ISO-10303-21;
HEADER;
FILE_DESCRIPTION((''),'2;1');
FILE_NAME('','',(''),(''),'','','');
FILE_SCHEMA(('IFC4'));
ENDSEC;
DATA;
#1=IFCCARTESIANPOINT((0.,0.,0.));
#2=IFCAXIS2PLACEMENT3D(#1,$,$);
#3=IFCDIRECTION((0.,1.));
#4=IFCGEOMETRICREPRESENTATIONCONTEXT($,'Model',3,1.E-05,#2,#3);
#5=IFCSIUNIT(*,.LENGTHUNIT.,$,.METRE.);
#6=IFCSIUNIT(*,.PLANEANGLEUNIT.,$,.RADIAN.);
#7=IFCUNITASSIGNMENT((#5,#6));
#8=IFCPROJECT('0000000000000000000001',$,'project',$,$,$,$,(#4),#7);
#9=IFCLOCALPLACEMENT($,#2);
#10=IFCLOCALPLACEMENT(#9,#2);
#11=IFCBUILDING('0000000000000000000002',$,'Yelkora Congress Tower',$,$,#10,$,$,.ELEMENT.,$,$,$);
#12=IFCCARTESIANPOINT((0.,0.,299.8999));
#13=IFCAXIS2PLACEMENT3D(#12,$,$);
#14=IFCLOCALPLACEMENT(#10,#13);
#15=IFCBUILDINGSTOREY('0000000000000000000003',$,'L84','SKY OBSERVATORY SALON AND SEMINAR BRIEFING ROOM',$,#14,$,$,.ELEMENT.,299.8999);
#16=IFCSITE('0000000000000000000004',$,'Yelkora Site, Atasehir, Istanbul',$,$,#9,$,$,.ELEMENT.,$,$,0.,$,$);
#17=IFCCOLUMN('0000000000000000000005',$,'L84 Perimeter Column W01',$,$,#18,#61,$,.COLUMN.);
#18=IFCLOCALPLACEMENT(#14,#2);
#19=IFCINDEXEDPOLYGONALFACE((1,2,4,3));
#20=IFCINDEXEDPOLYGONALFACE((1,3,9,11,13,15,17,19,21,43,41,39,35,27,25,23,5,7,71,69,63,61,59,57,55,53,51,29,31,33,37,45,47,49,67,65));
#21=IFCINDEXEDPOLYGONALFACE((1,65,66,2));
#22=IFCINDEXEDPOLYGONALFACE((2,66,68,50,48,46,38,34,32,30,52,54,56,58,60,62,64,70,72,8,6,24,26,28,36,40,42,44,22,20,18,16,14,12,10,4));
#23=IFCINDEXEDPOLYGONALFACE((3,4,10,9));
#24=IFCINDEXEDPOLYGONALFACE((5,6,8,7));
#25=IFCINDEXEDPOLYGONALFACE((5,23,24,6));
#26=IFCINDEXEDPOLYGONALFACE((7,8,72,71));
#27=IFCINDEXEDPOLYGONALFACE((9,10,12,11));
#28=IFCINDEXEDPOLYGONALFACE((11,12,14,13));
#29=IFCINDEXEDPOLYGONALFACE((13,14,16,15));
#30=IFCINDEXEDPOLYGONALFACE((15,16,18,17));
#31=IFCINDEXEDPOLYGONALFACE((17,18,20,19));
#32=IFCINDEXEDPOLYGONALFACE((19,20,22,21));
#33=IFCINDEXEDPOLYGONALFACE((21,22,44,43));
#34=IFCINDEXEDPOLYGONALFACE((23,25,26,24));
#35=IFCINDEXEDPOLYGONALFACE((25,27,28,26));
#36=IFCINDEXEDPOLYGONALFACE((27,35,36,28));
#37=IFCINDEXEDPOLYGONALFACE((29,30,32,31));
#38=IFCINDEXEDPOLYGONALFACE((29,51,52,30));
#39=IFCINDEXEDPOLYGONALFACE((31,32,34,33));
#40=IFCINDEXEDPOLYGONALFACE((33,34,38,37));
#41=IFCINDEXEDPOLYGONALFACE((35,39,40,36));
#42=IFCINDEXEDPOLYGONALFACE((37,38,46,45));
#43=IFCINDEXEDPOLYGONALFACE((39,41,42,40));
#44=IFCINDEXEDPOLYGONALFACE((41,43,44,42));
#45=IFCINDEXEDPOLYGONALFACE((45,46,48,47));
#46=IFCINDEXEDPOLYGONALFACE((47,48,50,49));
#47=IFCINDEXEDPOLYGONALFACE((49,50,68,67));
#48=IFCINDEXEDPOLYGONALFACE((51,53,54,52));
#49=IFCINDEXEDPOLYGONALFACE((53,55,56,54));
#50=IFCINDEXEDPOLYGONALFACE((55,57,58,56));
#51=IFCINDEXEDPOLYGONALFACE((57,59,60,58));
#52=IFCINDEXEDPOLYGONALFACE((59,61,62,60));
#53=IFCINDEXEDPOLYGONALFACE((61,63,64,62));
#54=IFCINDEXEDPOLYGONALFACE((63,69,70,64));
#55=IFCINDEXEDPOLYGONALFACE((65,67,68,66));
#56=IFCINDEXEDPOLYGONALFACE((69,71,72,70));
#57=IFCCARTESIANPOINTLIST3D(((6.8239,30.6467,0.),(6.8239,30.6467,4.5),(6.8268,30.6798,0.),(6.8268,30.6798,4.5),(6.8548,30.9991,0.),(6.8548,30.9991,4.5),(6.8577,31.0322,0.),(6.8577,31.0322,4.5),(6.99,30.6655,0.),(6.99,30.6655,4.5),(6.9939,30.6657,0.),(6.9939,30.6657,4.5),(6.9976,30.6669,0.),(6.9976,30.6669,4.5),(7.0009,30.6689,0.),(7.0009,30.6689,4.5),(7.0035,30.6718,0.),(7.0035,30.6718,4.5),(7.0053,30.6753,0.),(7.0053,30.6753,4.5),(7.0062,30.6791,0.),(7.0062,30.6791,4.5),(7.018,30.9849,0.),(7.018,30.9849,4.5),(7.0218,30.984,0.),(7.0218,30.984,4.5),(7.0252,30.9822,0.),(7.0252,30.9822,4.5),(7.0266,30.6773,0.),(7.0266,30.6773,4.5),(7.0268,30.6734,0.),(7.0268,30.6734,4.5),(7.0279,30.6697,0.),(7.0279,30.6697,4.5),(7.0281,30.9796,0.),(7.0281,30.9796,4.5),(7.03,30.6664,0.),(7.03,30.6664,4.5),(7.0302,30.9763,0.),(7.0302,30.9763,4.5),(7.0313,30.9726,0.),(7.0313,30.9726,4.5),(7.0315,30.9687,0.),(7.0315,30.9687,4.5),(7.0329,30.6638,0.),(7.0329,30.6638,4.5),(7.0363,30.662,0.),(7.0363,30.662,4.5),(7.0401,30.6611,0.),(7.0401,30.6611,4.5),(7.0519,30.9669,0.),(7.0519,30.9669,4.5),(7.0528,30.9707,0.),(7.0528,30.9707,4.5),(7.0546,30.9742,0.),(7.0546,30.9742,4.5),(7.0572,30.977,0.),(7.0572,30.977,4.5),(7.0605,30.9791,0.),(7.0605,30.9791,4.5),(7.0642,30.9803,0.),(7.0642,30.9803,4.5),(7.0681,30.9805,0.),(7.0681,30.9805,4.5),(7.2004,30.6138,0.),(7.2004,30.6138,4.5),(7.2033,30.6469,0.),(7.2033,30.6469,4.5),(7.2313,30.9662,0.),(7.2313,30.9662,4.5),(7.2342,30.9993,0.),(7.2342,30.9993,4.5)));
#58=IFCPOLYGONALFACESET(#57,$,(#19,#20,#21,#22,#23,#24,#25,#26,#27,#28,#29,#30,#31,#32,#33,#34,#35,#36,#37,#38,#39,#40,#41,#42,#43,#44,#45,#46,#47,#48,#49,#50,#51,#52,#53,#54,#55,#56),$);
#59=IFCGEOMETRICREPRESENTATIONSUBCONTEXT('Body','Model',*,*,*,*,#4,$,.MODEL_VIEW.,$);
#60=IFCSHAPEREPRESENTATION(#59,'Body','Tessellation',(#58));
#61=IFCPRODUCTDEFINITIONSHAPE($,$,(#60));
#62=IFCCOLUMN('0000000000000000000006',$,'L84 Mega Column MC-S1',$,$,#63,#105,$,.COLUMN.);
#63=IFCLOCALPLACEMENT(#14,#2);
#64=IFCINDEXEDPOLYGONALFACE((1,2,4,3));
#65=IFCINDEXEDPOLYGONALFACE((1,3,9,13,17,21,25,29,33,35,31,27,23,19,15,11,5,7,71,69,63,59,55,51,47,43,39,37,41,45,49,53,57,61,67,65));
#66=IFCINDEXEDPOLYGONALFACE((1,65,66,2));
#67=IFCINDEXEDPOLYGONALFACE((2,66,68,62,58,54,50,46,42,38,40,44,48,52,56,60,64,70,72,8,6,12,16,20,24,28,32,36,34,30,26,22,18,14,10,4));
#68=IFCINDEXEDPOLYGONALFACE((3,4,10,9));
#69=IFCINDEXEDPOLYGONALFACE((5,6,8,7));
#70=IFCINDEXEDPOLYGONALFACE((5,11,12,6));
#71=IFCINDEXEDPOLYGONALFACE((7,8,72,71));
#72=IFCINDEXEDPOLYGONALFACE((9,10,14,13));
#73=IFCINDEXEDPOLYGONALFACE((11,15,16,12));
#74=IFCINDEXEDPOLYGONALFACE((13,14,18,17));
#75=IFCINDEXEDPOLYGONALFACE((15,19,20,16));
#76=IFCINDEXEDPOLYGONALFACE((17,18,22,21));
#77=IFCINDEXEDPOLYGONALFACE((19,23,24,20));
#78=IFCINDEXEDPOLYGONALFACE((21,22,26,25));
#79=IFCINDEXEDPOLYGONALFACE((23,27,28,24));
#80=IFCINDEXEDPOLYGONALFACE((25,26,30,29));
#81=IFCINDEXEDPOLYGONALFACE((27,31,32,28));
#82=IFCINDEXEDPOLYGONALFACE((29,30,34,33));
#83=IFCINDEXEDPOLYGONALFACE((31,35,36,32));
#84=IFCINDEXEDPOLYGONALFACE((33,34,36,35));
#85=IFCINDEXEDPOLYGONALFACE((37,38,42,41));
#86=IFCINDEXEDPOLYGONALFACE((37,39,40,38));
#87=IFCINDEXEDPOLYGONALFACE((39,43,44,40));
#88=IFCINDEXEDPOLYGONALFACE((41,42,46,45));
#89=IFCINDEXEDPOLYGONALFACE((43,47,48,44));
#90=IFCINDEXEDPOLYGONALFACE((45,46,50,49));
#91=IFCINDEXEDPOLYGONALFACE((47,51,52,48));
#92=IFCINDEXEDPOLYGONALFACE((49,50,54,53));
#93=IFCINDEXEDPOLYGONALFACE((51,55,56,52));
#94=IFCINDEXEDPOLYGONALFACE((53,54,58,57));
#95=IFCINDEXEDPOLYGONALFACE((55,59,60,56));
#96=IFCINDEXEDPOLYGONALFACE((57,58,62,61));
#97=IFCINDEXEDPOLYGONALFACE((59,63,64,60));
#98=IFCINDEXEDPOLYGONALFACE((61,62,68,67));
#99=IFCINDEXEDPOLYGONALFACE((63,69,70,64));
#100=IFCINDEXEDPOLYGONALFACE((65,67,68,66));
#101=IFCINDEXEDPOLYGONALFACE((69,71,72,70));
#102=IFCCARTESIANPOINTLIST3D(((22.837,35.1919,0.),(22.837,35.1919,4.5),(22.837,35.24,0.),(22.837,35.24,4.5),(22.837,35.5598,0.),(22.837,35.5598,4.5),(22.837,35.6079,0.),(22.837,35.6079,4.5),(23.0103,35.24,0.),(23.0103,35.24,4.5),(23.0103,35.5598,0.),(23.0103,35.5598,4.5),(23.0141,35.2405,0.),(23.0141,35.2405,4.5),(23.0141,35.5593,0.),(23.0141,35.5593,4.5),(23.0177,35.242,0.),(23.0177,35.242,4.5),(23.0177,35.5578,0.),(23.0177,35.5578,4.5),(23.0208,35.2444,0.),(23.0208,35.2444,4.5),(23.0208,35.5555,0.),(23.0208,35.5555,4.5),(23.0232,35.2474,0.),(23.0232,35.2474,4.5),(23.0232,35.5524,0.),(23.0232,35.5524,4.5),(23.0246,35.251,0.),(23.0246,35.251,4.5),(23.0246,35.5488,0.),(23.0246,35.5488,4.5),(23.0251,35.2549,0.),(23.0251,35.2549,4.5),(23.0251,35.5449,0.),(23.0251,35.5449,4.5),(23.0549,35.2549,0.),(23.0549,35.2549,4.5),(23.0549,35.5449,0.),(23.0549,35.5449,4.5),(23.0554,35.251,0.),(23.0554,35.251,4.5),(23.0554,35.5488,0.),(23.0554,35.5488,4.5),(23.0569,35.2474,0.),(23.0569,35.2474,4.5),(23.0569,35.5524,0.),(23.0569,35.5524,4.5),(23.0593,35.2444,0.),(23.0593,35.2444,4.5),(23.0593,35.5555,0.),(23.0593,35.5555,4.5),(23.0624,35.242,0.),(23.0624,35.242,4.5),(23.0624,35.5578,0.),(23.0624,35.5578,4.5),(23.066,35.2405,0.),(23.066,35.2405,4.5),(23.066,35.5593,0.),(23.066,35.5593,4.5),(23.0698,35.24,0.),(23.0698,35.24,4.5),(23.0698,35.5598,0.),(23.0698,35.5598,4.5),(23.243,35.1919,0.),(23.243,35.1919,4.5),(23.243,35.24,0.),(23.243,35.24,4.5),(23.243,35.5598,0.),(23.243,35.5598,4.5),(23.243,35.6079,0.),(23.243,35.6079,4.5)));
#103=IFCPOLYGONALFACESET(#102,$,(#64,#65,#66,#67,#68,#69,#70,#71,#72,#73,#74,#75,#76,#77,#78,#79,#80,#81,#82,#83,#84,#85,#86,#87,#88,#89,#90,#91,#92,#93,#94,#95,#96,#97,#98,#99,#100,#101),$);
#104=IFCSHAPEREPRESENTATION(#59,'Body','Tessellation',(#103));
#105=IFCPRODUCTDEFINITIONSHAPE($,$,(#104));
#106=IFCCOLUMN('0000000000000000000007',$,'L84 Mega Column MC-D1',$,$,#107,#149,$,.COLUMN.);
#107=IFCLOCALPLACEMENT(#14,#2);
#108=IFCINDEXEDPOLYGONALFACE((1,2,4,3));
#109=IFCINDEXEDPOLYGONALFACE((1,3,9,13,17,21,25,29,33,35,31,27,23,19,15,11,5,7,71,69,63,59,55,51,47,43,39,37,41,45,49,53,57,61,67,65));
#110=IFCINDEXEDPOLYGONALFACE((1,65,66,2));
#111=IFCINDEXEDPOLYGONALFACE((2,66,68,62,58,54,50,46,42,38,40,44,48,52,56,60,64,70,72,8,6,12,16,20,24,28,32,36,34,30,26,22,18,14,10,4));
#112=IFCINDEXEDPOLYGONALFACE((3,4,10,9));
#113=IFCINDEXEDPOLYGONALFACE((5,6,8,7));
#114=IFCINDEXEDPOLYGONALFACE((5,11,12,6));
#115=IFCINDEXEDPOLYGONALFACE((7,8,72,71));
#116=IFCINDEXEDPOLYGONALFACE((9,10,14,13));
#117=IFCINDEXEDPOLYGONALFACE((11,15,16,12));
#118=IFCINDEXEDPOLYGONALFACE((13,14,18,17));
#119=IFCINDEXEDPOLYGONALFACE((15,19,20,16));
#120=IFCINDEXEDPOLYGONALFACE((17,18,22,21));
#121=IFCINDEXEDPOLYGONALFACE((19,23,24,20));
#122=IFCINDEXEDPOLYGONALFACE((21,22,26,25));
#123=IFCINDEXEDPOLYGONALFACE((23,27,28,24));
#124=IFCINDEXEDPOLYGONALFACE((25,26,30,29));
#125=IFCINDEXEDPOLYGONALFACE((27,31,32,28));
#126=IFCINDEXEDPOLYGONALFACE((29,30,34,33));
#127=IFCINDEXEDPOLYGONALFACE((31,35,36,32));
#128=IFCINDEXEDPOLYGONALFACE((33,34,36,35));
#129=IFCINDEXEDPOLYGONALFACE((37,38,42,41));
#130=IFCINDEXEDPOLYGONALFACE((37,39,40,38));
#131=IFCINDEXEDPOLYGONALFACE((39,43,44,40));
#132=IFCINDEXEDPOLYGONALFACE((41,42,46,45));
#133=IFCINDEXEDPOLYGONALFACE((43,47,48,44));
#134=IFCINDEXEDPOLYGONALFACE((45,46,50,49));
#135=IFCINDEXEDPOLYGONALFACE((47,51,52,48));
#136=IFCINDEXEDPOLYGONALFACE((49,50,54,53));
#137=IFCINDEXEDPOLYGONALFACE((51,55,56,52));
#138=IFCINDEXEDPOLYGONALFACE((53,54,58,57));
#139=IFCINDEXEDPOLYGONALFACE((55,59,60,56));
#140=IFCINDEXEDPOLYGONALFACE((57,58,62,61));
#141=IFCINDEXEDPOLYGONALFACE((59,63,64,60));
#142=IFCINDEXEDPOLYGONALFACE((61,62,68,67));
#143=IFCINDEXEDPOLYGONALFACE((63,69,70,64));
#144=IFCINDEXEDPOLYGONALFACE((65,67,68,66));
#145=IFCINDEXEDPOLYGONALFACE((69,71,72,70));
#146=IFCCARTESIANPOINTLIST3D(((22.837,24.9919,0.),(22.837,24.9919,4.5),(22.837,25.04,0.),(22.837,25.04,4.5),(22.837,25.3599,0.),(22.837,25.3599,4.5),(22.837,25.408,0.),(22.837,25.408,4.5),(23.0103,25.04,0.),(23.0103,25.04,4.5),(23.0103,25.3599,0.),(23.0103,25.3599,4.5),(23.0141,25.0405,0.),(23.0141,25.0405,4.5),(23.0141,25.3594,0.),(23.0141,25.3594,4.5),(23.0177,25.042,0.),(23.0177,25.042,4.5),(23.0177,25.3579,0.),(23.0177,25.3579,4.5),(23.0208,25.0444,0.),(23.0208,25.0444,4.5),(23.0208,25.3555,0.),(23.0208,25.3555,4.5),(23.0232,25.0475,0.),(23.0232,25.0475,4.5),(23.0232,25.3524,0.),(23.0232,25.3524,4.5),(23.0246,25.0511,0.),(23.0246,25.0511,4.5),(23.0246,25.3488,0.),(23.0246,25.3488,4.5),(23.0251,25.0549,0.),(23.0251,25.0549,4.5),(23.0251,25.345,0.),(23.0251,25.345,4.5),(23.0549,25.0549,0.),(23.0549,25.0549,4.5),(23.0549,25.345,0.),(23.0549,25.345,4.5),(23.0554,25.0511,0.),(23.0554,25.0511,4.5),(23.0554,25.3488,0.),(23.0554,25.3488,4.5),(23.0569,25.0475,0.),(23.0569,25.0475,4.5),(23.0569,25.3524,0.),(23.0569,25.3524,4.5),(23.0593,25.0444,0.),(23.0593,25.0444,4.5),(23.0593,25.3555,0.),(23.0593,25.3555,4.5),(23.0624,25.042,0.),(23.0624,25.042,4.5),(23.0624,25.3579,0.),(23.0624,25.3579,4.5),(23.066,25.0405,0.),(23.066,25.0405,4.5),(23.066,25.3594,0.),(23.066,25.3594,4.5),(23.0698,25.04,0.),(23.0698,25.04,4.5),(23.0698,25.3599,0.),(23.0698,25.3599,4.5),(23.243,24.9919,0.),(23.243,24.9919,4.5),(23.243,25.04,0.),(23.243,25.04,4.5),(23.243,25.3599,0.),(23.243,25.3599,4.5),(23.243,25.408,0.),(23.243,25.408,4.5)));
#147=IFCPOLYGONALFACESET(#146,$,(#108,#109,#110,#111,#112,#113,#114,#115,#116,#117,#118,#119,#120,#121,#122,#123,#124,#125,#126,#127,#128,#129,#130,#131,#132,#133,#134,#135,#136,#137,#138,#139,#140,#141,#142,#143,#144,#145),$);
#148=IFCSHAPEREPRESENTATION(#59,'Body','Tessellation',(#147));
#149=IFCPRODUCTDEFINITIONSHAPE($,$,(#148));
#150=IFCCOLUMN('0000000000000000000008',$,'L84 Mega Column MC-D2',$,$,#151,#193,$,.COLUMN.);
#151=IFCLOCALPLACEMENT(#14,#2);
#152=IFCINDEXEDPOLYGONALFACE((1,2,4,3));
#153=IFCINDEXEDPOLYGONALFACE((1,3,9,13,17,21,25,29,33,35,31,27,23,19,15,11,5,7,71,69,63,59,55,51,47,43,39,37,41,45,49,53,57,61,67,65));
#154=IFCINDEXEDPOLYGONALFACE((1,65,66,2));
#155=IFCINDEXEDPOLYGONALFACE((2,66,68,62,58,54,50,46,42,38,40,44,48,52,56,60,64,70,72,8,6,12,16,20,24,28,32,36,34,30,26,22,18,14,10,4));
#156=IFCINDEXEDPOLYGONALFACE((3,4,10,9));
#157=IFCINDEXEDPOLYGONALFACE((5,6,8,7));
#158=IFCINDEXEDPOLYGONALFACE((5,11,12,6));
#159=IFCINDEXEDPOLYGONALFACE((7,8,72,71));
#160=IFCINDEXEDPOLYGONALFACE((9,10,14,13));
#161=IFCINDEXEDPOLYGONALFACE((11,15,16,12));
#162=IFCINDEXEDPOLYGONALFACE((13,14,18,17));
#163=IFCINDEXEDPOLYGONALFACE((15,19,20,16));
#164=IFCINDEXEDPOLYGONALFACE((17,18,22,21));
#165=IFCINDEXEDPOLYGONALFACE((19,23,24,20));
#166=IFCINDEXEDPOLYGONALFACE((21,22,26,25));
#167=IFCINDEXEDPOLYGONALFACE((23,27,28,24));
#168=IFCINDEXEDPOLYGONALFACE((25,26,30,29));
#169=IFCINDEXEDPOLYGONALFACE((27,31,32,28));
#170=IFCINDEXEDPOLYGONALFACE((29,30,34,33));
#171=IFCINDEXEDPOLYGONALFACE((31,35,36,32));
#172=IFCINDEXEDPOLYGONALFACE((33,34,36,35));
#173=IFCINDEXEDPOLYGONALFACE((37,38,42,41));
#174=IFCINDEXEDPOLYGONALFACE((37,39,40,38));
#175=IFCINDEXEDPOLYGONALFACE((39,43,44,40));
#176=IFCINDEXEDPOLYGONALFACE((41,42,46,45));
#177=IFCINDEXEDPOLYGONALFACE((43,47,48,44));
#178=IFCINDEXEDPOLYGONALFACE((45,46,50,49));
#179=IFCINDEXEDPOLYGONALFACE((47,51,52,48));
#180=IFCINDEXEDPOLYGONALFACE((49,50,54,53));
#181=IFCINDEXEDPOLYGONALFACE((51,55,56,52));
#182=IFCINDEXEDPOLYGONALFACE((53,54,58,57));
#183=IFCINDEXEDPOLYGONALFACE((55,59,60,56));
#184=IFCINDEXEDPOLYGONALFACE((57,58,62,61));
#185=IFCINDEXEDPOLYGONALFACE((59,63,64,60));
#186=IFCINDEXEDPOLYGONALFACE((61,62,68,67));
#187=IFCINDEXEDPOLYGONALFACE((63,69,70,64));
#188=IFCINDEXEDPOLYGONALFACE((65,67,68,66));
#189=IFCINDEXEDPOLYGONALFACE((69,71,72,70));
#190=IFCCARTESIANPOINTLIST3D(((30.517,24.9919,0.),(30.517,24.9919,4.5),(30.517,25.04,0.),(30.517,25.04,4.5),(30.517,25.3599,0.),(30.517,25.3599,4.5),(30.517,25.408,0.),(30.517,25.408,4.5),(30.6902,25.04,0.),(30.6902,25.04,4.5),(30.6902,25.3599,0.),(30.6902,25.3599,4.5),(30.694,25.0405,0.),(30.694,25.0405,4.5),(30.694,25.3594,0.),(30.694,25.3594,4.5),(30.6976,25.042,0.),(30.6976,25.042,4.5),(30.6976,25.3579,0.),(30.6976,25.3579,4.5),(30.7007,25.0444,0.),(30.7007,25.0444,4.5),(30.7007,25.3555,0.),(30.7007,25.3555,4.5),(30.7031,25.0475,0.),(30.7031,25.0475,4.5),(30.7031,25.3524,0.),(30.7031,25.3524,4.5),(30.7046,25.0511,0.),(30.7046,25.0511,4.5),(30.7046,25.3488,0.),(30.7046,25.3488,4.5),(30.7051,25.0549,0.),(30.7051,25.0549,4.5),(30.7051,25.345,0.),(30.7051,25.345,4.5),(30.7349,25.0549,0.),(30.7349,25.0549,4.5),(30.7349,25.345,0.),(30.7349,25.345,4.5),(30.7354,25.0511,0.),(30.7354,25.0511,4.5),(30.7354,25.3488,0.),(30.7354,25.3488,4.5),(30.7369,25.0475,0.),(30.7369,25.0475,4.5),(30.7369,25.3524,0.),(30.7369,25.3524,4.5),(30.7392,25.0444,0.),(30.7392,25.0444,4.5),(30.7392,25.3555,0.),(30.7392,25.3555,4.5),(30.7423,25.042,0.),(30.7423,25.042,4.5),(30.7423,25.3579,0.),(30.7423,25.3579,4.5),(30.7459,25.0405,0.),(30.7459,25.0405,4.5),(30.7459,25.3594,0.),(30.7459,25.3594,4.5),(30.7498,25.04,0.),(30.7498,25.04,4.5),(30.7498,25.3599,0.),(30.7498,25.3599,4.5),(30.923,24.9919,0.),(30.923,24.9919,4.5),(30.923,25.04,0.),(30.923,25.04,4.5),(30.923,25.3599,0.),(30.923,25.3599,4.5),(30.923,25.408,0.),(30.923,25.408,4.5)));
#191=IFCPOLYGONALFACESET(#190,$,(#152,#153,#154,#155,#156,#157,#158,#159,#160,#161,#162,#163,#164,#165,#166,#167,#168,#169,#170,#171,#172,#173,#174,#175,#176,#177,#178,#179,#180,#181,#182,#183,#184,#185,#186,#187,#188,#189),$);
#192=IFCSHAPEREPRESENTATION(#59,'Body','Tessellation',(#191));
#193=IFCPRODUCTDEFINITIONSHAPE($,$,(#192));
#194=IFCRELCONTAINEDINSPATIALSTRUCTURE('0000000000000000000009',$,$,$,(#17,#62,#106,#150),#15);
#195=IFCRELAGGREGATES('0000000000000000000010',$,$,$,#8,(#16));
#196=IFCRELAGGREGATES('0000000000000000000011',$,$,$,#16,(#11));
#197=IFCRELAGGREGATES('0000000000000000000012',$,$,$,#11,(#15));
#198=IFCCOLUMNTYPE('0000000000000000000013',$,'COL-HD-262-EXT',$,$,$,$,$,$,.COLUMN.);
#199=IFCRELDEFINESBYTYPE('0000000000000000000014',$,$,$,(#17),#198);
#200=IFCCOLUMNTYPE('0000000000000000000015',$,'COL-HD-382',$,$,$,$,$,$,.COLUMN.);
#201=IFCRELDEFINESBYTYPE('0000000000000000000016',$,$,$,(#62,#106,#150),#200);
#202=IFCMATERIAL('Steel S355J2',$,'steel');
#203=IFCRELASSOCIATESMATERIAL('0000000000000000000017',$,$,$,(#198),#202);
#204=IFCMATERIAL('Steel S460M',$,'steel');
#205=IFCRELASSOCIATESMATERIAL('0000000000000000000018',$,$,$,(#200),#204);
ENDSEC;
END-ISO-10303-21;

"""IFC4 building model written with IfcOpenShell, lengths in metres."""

from ifc_helpers import new_model, si_unit, direction, frame, origin, origin_2d, place, context, subcontext, project, spatial, i_section, extrude, material, material_profile, profile_set, type_object, element, save


model = new_model("IFC4")

# Units and contexts
model_context = context("Model", 3, precision=1e-05, world=origin(), true_north=direction((0.0, 1.0)))
body_context = subcontext(model_context, "Body", "Model", "MODEL_VIEW")
ifc_project = project(units=[si_unit("LENGTHUNIT", "METRE"), si_unit("PLANEANGLEUNIT", "RADIAN")], contexts=[model_context])

# Site, building, storey
site_placement = place(None, origin())
site = spatial("IfcSite", under=ifc_project, at=site_placement, Name="Yelkora Site, Atasehir, Istanbul", CompositionType="ELEMENT", RefElevation=0.0)
building_placement = place(site_placement, origin())
building = spatial("IfcBuilding", under=site, at=building_placement, Name="Yelkora Congress Tower", CompositionType="ELEMENT")
storey_placement = place(building_placement, frame((0.0, 0.0, 299.8999)))
storey = spatial("IfcBuildingStorey", under=building, at=storey_placement, Name="L84", Description="SKY OBSERVATORY SALON AND SEMINAR BRIEFING ROOM", CompositionType="ELEMENT", Elevation=299.8999)

# Columns
ifc_material_1 = material(Name="Steel S355J2", Category="steel")
ifc_material_profile_1 = material_profile(ifc_material_1, i_section(OverallWidth=0.3779, OverallDepth=0.387, WebThickness=0.0205, FlangeThickness=0.0332, FilletRadius=0.0149, at=origin_2d()), Name="HD 360x262")
ifc_profile_set_1 = profile_set([ifc_material_profile_1], Name="Steel S355J2")
column_type_1 = type_object("IfcColumnType", Name="COL-HD-262-EXT", PredefinedType="COLUMN", material=ifc_profile_set_1)
column_placement = place(storey_placement, frame((7.0291, 30.823, 0.0), z_axis=(0.0, 0.0, 1.0), x_axis=(0.996195, -0.087156, 0.0)))
element("IfcColumn", 1, at=column_placement, inside=storey, type_object=column_type_1, Name="L84 Perimeter Column W01", PredefinedType="COLUMN", context=body_context, shape_type="SweptSolid", body=[
    extrude(i_section(OverallWidth=0.3779, OverallDepth=0.387, WebThickness=0.0205, FlangeThickness=0.0332, FilletRadius=0.0149, at=origin_2d()), origin(), (0.0, 0.0, 1.0), 4.5),
])
ifc_material_2 = material(Name="Steel S460M", Category="steel")
ifc_material_profile_2 = material_profile(ifc_material_2, i_section(OverallWidth=0.406, OverallDepth=0.416, WebThickness=0.0298, FlangeThickness=0.0481, FilletRadius=0.0149, at=origin_2d()), Name="HD 400x382")
ifc_profile_set_2 = profile_set([ifc_material_profile_2], Name="Steel S460M")
column_type_2 = type_object("IfcColumnType", Name="COL-HD-382", PredefinedType="COLUMN", material=ifc_profile_set_2)
for number, where, z_axis, x_axis, name in (
    (2, (23.04, 35.3999, 0.0), (0.0, 0.0, 1.0), (1.0, 0.0, 0.0), "L84 Mega Column MC-S1"),
    (3, (23.04, 25.2, 0.0), (0.0, 0.0, 1.0), (1.0, 0.0, 0.0), "L84 Mega Column MC-D1"),
    (4, (30.72, 25.2, 0.0), (0.0, 0.0, 1.0), (1.0, 0.0, 0.0), "L84 Mega Column MC-D2"),
):
    element("IfcColumn", number, at=place(storey_placement, frame(where, z_axis=z_axis, x_axis=x_axis)), inside=storey, type_object=column_type_2, Name=name, PredefinedType="COLUMN", context=body_context, shape_type="SweptSolid", body=[
        extrude(i_section(OverallWidth=0.406, OverallDepth=0.416, WebThickness=0.0298, FlangeThickness=0.0481, FilletRadius=0.0149, at=origin_2d()), origin(), (0.0, 0.0, 1.0), 4.5),
    ])

save(model, "model.ifc")
